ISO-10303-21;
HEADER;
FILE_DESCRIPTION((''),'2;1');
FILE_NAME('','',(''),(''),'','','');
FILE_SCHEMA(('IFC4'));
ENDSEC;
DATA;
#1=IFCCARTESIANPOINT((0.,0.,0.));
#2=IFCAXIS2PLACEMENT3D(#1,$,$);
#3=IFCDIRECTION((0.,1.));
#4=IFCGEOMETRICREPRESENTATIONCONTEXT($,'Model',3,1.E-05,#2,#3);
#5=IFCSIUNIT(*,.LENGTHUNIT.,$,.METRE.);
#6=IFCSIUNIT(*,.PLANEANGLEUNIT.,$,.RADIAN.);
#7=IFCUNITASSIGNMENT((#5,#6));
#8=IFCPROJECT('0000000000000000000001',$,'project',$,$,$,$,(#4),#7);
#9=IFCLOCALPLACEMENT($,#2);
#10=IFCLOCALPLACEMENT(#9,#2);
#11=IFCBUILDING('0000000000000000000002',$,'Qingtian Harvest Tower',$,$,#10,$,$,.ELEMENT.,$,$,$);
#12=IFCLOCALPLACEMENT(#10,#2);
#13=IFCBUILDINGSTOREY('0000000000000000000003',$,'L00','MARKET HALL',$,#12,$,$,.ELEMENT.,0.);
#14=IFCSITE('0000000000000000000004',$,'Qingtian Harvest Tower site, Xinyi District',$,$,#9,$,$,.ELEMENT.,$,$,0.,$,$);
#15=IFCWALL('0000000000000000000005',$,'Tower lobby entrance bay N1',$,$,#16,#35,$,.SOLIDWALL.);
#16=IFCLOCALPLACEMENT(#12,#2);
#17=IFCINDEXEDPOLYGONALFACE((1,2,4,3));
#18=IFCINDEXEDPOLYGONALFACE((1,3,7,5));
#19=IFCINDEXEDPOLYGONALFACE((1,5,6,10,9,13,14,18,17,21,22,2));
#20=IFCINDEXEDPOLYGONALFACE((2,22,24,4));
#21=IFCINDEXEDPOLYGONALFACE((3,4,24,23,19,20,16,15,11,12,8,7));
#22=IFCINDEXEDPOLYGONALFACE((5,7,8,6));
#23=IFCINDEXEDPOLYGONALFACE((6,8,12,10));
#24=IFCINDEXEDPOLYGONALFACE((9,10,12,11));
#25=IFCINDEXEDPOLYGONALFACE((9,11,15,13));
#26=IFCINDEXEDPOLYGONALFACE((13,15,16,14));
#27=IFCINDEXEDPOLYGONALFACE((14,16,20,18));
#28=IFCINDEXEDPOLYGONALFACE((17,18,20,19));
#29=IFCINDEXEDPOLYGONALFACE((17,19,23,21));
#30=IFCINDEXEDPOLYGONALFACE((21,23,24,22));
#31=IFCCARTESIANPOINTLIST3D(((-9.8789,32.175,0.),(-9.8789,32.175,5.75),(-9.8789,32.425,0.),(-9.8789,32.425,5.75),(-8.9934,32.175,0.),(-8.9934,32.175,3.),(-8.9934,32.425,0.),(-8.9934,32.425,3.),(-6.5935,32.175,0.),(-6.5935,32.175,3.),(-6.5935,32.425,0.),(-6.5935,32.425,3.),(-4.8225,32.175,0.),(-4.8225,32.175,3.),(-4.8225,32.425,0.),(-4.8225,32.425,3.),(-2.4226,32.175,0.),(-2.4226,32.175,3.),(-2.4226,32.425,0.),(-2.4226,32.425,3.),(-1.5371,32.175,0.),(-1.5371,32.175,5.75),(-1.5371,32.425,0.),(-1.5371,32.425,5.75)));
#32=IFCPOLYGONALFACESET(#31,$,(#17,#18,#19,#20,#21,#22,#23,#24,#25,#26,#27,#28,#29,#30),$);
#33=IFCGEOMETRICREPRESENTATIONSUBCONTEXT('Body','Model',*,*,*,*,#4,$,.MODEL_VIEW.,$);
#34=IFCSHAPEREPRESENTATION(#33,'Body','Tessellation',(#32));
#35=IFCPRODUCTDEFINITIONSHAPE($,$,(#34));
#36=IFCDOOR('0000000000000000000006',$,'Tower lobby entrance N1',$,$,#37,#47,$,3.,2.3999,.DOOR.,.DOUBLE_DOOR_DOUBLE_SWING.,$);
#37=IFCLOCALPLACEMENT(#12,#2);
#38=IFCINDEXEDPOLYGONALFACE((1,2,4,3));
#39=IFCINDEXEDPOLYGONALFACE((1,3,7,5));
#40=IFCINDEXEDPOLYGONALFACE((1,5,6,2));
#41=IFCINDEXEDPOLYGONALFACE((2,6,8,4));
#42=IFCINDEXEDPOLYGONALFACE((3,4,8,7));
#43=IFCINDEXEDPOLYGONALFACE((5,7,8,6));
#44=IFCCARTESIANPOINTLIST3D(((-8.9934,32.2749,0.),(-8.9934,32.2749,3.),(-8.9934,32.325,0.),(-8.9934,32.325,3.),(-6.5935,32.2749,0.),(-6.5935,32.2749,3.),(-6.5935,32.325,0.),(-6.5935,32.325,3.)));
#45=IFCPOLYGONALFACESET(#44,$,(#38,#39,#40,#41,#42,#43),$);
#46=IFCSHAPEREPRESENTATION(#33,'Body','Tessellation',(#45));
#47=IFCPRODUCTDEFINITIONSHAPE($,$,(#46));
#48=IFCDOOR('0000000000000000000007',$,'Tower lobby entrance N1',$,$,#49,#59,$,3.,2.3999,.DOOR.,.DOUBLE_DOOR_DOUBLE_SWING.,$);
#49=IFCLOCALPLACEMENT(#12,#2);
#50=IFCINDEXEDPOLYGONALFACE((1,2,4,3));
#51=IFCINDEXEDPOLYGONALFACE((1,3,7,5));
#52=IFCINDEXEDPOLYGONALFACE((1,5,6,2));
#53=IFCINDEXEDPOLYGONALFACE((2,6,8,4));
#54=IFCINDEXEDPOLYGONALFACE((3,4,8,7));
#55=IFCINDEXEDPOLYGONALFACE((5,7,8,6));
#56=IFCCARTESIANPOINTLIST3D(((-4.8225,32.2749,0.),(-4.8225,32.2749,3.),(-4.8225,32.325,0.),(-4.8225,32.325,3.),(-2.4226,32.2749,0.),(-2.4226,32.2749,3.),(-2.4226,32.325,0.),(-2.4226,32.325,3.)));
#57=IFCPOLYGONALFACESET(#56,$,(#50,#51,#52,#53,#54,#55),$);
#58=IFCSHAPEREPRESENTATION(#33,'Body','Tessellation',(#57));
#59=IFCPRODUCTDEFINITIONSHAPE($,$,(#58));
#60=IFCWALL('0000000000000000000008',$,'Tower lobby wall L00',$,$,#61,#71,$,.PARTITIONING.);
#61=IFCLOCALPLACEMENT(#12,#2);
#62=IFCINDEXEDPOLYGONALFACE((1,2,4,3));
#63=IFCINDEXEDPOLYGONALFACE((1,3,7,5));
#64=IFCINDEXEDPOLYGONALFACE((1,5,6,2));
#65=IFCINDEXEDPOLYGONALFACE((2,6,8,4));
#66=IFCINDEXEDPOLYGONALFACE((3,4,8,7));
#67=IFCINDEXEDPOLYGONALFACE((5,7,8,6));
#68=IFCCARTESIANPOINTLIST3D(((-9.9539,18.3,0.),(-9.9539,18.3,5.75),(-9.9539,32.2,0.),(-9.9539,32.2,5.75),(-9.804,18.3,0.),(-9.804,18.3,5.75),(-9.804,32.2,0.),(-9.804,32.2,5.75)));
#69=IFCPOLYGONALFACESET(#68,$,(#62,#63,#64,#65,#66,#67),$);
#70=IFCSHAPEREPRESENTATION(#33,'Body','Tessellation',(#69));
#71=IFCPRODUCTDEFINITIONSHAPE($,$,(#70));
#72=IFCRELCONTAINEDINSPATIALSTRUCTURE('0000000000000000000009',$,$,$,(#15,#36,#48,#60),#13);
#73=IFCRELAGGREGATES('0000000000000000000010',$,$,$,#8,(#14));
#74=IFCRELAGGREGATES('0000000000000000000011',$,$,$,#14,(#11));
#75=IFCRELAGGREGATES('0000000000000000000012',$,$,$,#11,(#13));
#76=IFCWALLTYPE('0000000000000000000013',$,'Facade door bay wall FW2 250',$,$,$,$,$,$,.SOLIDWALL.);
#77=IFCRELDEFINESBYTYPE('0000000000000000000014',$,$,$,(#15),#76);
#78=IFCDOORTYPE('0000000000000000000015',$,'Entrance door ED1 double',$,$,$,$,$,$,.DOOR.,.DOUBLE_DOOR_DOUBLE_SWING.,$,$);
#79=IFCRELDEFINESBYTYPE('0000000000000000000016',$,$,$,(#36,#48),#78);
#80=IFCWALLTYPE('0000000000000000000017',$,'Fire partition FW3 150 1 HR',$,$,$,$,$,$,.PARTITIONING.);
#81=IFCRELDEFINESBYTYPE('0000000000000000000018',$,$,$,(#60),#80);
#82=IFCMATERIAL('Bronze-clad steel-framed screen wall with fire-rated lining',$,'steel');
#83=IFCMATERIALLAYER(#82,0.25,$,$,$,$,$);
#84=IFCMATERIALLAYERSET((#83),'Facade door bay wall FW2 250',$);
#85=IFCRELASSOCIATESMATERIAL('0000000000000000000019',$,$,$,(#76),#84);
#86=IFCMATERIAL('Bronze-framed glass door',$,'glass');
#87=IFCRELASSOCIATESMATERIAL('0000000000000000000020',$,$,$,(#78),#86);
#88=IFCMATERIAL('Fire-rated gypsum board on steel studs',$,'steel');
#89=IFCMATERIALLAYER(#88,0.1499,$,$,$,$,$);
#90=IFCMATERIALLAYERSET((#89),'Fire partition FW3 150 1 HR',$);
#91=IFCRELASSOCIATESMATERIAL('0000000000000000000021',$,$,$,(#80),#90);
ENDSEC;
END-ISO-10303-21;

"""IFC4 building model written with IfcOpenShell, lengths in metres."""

from ifc_helpers import new_model, si_unit, direction, frame, frame_2d, origin, place, context, subcontext, project, spatial, rectangle, extrude, material, layer, layer_set, type_object, element, fill, save


model = new_model("IFC4")

# Units and contexts
model_context = context("Model", 3, precision=1e-05, world=origin(), true_north=direction((0.0, 1.0)))
body_context = subcontext(model_context, "Body", "Model", "MODEL_VIEW")
ifc_project = project(units=[si_unit("LENGTHUNIT", "METRE"), si_unit("PLANEANGLEUNIT", "RADIAN")], contexts=[model_context])

# Site, building, storey
site_placement = place(None, origin())
site = spatial("IfcSite", under=ifc_project, at=site_placement, Name="Qingtian Harvest Tower site, Xinyi District", CompositionType="ELEMENT", RefElevation=0.0)
building_placement = place(site_placement, origin())
building = spatial("IfcBuilding", under=site, at=building_placement, Name="Qingtian Harvest Tower", CompositionType="ELEMENT")
storey_placement = place(building_placement, origin())
storey = spatial("IfcBuildingStorey", under=building, at=storey_placement, Name="L00", Description="MARKET HALL", CompositionType="ELEMENT", Elevation=0.0)

# Wall, openings, doors
ifc_material_1 = material(Name="Bronze-clad steel-framed screen wall with fire-rated lining", Category="steel")
ifc_layer_1 = layer(ifc_material_1, 0.25)
ifc_layer_set_1 = layer_set([ifc_layer_1], Name="Facade door bay wall FW2 250")
wall_type_1 = type_object("IfcWallType", Name="Facade door bay wall FW2 250", PredefinedType="SOLIDWALL", material=ifc_layer_set_1)
wall_1_placement = place(storey_placement, frame((-9.8789, 32.3, 0.0), z_axis=(0.0, 0.0, 1.0), x_axis=(1.0, 0.0, 0.0)))
wall_1 = element("IfcWall", 1, at=wall_1_placement, inside=storey, type_object=wall_type_1, Name="Tower lobby entrance bay N1", PredefinedType="SOLIDWALL", context=body_context, shape_type="SweptSolid", body=[
    extrude(rectangle(XDim=8.3418, YDim=0.25, at=frame_2d((4.1709, 0.0))), origin(), (0.0, 0.0, 1.0), 5.75),
])
opening_1_placement = place(wall_1_placement, frame((0.8855, 0.0, 0.0)))
opening_1 = element("IfcOpeningElement", 2, at=opening_1_placement, cuts=wall_1, PredefinedType="OPENING", context=body_context, shape_type="SweptSolid", body=[
    extrude(rectangle(XDim=2.3999, YDim=3.0, at=frame_2d((1.2, 1.5))), frame((0.0, 0.135, 0.0), z_axis=(0.0, -1.0, 0.0), x_axis=(1.0, 0.0, 0.0)), (0.0, 0.0, 1.0), 0.27),
])
opening_2_placement = place(wall_1_placement, frame((5.0564, 0.0, 0.0)))
opening_2 = element("IfcOpeningElement", 3, at=opening_2_placement, cuts=wall_1, PredefinedType="OPENING", context=body_context, shape_type="SweptSolid", body=[
    extrude(rectangle(XDim=2.3999, YDim=3.0, at=frame_2d((1.2, 1.5))), frame((0.0, 0.135, 0.0), z_axis=(0.0, -1.0, 0.0), x_axis=(1.0, 0.0, 0.0)), (0.0, 0.0, 1.0), 0.27),
])
ifc_material_2 = material(Name="Bronze-framed glass door", Category="glass")
door_type = type_object("IfcDoorType", Name="Entrance door ED1 double", OperationType="DOUBLE_DOOR_DOUBLE_SWING", PredefinedType="DOOR", material=ifc_material_2)
door_1_placement = place(opening_1_placement, origin())
door_1 = element("IfcDoor", 4, at=door_1_placement, inside=storey, type_object=door_type, Name="Tower lobby entrance N1", OperationType="DOUBLE_DOOR_DOUBLE_SWING", OverallHeight=3.0, OverallWidth=2.3999, PredefinedType="DOOR", context=body_context, shape_type="SweptSolid", body=[
    extrude(rectangle(XDim=2.3999, YDim=3.0, at=frame_2d((1.2, 1.5))), frame((0.0, 0.0249, 0.0), z_axis=(0.0, -1.0, 0.0), x_axis=(1.0, 0.0, 0.0)), (0.0, 0.0, 1.0), 0.05),
])
fill(opening_1, door_1)
door_2_placement = place(opening_2_placement, origin())
door_2 = element("IfcDoor", 5, at=door_2_placement, inside=storey, type_object=door_type, Name="Tower lobby entrance N1", OperationType="DOUBLE_DOOR_DOUBLE_SWING", OverallHeight=3.0, OverallWidth=2.3999, PredefinedType="DOOR", context=body_context, shape_type="SweptSolid", body=[
    extrude(rectangle(XDim=2.3999, YDim=3.0, at=frame_2d((1.2, 1.5))), frame((0.0, 0.0249, 0.0), z_axis=(0.0, -1.0, 0.0), x_axis=(1.0, 0.0, 0.0)), (0.0, 0.0, 1.0), 0.05),
])
fill(opening_2, door_2)

# Wall
ifc_material_3 = material(Name="Fire-rated gypsum board on steel studs", Category="steel")
ifc_layer_2 = layer(ifc_material_3, 0.1499)
ifc_layer_set_2 = layer_set([ifc_layer_2], Name="Fire partition FW3 150 1 HR")
wall_type_2 = type_object("IfcWallType", Name="Fire partition FW3 150 1 HR", PredefinedType="PARTITIONING", material=ifc_layer_set_2)
wall_2_placement = place(storey_placement, frame((-9.8789, 32.2, 0.0), z_axis=(0.0, 0.0, 1.0), x_axis=(0.0, -1.0, 0.0)))
element("IfcWall", 6, at=wall_2_placement, inside=storey, type_object=wall_type_2, Name="Tower lobby wall L00", PredefinedType="PARTITIONING", context=body_context, shape_type="SweptSolid", body=[
    extrude(rectangle(XDim=13.8999, YDim=0.1499, at=frame_2d((6.95, 0.0))), origin(), (0.0, 0.0, 1.0), 5.75),
])

save(model, "model.ifc")
